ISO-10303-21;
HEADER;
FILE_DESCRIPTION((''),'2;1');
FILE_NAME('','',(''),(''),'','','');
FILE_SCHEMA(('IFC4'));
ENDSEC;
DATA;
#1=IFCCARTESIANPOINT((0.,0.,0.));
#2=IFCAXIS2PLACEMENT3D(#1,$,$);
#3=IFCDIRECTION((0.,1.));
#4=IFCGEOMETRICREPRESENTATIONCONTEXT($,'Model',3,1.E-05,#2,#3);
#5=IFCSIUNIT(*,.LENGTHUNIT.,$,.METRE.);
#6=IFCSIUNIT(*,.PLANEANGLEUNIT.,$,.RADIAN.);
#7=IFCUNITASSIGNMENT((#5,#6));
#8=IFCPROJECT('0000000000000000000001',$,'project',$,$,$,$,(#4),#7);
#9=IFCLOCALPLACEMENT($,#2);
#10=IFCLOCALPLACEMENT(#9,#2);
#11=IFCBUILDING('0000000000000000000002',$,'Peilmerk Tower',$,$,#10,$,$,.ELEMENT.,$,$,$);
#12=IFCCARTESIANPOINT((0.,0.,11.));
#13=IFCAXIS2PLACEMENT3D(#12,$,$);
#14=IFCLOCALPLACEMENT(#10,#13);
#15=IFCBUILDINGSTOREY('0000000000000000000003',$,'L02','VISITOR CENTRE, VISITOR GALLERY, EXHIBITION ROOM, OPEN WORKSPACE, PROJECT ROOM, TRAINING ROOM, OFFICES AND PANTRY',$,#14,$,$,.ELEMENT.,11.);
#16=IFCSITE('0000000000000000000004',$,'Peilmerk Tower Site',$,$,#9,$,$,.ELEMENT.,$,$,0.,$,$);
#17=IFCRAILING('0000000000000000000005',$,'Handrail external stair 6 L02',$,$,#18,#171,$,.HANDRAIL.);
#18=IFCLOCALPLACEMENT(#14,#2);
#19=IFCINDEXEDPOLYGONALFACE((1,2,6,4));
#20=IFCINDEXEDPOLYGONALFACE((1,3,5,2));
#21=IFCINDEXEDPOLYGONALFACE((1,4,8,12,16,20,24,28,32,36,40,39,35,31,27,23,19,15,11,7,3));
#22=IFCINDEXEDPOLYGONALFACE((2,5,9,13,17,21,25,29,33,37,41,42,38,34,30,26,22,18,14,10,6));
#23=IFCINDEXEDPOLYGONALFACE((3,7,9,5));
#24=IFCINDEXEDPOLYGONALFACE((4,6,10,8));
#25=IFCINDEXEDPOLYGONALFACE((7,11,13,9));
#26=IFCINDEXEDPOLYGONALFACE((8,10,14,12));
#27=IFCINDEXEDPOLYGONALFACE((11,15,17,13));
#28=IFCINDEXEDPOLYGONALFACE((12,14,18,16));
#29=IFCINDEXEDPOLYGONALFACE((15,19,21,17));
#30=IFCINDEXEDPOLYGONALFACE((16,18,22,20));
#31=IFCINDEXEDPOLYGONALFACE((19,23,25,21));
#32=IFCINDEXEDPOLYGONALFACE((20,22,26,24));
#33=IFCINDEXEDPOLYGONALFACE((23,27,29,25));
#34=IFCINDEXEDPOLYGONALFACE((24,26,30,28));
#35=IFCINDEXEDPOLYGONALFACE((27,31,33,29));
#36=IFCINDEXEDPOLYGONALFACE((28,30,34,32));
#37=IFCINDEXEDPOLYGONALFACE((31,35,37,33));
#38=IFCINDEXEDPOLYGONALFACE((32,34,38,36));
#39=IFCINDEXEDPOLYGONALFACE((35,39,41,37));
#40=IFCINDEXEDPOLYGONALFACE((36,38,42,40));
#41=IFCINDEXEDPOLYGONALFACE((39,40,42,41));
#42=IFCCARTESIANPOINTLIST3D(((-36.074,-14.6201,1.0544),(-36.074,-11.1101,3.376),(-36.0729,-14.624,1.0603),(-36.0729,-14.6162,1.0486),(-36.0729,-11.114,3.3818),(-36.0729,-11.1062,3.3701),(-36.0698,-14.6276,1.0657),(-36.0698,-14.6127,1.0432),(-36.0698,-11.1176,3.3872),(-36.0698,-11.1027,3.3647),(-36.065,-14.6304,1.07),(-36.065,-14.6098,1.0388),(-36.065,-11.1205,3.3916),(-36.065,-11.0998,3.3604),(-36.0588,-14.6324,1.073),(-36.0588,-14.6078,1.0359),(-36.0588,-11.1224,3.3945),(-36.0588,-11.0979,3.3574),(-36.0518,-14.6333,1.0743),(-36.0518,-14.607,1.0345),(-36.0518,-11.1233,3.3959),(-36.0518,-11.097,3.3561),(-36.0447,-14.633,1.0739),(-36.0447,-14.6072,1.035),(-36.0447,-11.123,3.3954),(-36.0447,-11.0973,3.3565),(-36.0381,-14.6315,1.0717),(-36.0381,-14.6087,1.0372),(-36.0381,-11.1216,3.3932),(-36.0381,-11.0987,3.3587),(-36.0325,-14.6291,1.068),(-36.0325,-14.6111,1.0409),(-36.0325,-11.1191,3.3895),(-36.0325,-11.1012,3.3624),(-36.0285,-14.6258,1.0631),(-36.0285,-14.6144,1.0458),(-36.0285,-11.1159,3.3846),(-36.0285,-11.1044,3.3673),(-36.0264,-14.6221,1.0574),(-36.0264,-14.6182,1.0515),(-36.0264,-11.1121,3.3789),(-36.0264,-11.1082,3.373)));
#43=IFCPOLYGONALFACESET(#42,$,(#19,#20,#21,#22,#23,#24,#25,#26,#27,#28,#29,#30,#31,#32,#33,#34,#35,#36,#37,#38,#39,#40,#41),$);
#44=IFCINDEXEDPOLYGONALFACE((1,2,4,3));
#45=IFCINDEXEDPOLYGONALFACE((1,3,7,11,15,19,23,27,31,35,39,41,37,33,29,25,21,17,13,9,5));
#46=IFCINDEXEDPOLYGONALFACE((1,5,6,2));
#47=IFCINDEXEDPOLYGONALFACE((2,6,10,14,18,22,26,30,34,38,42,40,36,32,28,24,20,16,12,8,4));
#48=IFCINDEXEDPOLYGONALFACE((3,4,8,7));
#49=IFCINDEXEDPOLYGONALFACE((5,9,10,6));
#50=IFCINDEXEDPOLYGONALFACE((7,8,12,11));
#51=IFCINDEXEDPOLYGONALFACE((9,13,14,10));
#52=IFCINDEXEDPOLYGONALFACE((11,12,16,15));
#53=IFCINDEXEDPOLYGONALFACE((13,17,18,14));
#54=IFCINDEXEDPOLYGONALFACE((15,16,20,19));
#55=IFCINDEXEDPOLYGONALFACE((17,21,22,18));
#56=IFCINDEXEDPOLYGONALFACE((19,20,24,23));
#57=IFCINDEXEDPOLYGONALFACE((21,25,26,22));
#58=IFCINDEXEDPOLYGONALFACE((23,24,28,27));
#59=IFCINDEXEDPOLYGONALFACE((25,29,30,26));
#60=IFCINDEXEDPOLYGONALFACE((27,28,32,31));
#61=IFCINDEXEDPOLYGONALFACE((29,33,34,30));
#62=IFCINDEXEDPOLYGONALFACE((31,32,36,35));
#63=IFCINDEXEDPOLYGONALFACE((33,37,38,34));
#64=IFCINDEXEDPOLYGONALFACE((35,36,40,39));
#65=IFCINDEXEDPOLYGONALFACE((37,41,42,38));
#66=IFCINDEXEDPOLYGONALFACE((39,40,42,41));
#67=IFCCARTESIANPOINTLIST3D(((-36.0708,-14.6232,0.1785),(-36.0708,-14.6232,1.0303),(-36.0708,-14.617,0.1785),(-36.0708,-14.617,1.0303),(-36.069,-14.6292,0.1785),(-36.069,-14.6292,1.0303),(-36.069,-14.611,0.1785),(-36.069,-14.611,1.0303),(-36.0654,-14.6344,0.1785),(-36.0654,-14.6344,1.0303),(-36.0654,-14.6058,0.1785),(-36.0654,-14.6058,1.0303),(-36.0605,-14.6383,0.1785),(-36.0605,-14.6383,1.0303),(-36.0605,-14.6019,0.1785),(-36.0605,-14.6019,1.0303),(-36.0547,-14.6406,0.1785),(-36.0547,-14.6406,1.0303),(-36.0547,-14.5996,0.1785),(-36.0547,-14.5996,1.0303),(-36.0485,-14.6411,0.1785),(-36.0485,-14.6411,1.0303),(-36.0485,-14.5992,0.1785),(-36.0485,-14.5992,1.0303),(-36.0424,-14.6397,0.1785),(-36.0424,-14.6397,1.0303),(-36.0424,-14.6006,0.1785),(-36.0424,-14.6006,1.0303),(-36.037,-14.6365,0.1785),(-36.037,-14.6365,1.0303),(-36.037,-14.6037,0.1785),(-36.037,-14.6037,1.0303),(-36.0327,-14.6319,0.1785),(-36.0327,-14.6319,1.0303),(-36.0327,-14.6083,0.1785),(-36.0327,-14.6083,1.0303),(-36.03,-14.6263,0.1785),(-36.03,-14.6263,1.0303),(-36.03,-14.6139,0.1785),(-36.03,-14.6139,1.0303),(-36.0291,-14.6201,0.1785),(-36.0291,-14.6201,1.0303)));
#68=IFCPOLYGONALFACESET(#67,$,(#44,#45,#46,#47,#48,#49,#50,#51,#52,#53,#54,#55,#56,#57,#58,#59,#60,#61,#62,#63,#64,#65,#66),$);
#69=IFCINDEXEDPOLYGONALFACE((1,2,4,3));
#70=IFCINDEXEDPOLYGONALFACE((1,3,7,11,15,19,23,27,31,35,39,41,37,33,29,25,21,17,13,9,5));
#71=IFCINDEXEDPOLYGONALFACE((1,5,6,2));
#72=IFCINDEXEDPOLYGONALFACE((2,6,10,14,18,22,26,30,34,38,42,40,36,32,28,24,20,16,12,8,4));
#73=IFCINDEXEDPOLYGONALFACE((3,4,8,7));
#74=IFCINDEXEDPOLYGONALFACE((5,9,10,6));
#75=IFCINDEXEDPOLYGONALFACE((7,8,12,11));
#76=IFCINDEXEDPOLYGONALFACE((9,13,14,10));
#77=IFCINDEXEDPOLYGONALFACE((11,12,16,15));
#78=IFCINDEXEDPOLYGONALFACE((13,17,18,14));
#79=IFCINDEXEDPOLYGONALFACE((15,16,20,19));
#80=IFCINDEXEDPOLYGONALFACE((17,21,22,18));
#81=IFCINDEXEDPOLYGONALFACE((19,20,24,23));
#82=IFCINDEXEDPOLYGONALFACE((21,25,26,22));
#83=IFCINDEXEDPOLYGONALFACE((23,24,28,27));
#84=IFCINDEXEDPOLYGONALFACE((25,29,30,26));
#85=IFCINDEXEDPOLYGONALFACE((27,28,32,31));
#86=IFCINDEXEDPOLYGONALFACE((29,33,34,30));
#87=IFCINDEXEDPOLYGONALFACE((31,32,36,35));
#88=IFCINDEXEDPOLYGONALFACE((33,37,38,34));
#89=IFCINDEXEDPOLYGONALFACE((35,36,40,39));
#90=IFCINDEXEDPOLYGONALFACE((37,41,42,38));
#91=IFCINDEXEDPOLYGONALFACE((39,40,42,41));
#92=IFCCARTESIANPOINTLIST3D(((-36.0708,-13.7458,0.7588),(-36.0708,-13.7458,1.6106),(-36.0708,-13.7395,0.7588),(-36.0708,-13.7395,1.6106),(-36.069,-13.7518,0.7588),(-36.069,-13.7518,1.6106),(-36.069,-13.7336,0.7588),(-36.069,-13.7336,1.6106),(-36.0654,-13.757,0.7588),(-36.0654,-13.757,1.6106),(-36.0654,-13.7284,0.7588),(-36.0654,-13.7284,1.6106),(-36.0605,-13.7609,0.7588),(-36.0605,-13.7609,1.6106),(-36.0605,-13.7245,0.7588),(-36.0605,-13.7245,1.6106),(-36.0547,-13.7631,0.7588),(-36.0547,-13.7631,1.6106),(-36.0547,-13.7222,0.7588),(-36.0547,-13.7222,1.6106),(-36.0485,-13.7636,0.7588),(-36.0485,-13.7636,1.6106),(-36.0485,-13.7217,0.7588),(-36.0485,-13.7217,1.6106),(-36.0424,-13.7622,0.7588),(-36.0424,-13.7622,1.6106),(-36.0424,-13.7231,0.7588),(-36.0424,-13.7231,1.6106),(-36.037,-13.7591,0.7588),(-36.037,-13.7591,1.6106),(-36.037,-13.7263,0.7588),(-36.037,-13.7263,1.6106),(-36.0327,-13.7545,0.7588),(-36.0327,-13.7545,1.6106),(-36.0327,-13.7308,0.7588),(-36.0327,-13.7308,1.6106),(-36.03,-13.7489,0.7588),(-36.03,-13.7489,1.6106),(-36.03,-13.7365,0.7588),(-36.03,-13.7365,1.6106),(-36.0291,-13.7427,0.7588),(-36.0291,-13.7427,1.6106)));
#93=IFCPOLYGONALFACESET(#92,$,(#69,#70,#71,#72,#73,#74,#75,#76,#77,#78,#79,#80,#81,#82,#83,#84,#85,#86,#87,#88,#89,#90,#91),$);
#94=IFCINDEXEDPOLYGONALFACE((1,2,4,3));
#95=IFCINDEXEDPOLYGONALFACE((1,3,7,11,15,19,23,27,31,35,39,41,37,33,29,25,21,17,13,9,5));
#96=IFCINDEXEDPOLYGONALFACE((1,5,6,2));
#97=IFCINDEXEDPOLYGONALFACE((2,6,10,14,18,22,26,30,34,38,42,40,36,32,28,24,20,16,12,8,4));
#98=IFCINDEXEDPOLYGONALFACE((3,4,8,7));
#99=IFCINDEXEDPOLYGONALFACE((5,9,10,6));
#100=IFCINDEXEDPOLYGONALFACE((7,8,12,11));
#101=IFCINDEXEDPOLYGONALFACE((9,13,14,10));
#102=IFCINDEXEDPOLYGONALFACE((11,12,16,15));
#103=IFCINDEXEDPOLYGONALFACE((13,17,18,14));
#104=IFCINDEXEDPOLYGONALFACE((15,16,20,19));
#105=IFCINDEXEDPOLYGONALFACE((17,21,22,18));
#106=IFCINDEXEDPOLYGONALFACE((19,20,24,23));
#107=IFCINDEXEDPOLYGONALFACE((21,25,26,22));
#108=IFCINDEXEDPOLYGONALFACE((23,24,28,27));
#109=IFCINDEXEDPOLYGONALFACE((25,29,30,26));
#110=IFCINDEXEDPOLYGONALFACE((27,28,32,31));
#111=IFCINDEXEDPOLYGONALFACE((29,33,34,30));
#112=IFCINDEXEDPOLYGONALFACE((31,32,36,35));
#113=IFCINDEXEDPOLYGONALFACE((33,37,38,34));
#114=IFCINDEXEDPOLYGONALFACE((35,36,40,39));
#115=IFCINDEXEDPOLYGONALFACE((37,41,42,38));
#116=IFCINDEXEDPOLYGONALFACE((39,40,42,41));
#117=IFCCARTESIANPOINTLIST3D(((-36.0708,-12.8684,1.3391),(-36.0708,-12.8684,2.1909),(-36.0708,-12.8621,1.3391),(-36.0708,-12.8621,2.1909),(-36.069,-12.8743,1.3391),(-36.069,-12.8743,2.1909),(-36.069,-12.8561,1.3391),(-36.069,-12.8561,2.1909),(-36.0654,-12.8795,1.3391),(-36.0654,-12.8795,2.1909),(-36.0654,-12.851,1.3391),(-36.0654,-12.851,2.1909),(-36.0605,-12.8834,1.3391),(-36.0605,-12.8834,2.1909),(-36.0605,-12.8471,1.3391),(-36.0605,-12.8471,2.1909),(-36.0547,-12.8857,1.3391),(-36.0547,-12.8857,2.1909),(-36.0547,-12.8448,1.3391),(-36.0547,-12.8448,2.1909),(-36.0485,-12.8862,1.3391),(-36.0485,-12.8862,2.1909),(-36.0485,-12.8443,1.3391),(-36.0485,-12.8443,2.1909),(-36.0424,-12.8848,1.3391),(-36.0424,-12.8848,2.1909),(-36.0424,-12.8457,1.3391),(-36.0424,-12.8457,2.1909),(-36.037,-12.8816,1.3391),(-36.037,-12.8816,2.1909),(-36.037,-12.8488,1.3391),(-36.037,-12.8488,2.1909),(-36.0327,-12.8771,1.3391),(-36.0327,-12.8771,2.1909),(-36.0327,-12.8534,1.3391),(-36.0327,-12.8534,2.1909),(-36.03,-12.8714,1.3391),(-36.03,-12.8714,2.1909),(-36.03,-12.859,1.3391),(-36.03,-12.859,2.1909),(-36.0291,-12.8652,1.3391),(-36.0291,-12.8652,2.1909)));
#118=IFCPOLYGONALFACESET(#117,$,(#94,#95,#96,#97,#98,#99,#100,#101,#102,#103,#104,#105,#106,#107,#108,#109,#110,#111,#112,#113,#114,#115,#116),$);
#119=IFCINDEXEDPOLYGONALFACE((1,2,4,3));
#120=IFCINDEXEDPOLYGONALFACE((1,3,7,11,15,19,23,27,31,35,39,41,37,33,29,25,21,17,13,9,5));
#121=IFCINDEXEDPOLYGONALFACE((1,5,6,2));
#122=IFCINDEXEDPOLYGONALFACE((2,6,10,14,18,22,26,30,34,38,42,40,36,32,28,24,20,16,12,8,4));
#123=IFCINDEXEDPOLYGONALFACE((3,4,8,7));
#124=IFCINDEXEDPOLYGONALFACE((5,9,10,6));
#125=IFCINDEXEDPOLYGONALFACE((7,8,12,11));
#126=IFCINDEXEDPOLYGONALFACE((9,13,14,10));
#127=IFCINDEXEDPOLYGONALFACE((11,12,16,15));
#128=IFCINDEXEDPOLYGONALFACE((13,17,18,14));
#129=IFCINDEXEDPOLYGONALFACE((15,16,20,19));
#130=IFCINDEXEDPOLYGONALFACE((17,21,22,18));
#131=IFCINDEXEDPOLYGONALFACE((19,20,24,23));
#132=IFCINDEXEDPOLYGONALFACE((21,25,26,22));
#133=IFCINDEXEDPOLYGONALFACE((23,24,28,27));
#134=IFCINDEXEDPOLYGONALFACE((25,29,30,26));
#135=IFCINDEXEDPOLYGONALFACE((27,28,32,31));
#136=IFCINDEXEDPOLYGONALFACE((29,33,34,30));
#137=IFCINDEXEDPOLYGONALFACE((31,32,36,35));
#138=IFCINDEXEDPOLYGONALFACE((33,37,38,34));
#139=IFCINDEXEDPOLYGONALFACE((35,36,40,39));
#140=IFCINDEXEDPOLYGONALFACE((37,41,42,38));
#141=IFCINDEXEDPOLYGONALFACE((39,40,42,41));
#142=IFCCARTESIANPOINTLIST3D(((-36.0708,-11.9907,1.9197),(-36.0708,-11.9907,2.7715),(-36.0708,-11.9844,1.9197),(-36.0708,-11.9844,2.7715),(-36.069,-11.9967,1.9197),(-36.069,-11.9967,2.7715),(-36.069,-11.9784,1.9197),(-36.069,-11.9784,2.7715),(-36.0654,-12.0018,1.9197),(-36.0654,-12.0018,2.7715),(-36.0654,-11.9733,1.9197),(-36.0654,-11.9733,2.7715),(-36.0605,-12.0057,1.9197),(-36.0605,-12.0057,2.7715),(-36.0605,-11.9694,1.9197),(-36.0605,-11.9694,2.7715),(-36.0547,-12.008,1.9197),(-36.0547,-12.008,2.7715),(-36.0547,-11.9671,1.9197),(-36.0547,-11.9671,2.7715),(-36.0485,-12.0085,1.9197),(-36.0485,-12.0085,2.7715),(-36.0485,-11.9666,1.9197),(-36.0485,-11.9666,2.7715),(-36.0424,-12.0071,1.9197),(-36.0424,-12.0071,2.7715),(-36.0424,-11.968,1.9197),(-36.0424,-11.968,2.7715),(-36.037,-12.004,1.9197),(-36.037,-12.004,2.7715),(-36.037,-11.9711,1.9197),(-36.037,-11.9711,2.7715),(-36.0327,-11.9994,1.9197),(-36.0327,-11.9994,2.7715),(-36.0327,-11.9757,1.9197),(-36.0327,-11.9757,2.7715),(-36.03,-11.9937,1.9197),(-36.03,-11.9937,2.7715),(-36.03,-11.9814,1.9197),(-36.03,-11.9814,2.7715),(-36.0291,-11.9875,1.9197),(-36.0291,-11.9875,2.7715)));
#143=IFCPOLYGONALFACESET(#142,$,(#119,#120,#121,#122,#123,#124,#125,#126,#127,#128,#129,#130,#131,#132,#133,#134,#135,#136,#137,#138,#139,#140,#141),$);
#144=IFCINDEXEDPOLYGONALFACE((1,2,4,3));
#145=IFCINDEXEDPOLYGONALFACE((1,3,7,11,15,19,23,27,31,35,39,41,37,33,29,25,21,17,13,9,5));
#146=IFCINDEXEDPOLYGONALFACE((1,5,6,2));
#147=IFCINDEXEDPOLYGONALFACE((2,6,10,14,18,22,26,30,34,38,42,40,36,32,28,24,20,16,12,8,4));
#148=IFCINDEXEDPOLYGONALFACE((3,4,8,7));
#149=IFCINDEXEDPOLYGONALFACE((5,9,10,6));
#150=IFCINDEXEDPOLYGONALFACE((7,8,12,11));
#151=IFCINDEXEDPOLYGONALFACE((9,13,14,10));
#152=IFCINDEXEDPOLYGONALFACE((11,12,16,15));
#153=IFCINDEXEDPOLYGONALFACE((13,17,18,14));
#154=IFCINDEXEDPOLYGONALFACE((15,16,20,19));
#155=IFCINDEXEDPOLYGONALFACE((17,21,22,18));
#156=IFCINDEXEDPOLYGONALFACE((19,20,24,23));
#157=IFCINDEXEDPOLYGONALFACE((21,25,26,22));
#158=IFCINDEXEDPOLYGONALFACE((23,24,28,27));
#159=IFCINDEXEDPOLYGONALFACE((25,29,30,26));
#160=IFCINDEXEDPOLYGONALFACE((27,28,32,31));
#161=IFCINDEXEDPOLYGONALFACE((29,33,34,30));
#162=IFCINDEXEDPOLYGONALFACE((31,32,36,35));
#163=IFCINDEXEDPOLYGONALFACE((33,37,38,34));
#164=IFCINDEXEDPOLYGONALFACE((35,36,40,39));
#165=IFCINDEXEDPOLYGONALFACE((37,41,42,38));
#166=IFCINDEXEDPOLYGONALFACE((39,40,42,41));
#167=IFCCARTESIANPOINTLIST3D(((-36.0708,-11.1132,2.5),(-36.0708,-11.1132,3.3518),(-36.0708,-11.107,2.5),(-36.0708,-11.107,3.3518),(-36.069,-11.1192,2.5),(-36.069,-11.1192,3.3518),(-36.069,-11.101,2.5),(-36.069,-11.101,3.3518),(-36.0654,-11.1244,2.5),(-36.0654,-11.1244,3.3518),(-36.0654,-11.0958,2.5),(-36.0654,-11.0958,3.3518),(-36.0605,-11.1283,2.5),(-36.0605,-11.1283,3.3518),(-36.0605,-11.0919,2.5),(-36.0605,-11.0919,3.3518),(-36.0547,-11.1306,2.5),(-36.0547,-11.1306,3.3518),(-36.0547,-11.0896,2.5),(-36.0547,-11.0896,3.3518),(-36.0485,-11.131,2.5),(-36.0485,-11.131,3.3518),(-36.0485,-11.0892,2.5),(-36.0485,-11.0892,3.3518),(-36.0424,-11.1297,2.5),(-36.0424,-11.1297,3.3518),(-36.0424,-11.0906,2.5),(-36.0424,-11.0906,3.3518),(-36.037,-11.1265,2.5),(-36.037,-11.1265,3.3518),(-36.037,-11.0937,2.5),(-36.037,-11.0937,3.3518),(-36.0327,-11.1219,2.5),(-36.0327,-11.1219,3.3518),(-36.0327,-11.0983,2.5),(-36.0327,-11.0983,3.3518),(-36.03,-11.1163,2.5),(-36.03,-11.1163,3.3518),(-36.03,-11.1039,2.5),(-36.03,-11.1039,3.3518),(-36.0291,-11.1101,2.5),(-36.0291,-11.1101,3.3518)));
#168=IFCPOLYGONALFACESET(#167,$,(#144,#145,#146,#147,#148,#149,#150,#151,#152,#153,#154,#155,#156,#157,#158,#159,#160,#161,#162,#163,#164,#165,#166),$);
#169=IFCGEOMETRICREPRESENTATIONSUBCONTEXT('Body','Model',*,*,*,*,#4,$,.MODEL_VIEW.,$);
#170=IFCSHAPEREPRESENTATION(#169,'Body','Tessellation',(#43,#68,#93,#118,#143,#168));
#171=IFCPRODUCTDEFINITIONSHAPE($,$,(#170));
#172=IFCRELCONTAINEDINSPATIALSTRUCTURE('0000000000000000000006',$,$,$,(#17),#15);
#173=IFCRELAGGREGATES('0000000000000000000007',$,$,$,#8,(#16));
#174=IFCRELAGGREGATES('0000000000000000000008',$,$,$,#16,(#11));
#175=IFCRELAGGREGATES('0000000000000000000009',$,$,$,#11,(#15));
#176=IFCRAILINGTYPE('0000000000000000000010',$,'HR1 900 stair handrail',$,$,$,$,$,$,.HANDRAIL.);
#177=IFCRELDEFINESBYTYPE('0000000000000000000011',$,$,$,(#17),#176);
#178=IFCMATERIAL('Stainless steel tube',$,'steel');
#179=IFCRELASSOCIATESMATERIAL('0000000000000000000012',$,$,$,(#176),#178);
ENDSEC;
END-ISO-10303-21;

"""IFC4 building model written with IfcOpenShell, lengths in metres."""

from ifc_helpers import new_model, si_unit, direction, frame, origin, origin_2d, place, context, subcontext, project, spatial, circle, extrude, material, type_object, element, save


model = new_model("IFC4")

# Units and contexts
model_context = context("Model", 3, precision=1e-05, world=origin(), true_north=direction((0.0, 1.0)))
body_context = subcontext(model_context, "Body", "Model", "MODEL_VIEW")
ifc_project = project(units=[si_unit("LENGTHUNIT", "METRE"), si_unit("PLANEANGLEUNIT", "RADIAN")], contexts=[model_context])

# Site, building, storey
site_placement = place(None, origin())
site = spatial("IfcSite", under=ifc_project, at=site_placement, Name="Peilmerk Tower Site", CompositionType="ELEMENT", RefElevation=0.0)
building_placement = place(site_placement, origin())
building = spatial("IfcBuilding", under=site, at=building_placement, Name="Peilmerk Tower", CompositionType="ELEMENT")
storey_placement = place(building_placement, frame((0.0, 0.0, 11.0)))
storey = spatial("IfcBuildingStorey", under=building, at=storey_placement, Name="L02", Description="VISITOR CENTRE, VISITOR GALLERY, EXHIBITION ROOM, OPEN WORKSPACE, PROJECT ROOM, TRAINING ROOM, OFFICES AND PANTRY", CompositionType="ELEMENT", Elevation=11.0)

# Railing
ifc_material_1 = material(Name="Stainless steel tube", Category="steel")
railing_type_1 = type_object("IfcRailingType", Name="HR1 900 stair handrail", PredefinedType="HANDRAIL", material=ifc_material_1)
railing_1_placement = place(storey_placement, frame((-36.05, -14.6201, 0.1785)))
element("IfcRailing", 1, at=railing_1_placement, inside=storey, type_object=railing_type_1, Name="Handrail external stair 6 L02", PredefinedType="HANDRAIL", context=body_context, shape_type="SweptSolid", body=[
    extrude(circle(Radius=0.0239, at=origin_2d()), frame((0.0, 0.0, 0.876), z_axis=(0.0, 0.834071, 0.551657), x_axis=(-1.0, 0.0, 0.0)), (0.0, 0.0, 1.0), 4.2083),
    extrude(circle(Radius=0.021, at=origin_2d()), origin(), (0.0, 0.0, 1.0), 0.8518),
    extrude(circle(Radius=0.021, at=origin_2d()), frame((0.0, 0.8774, 0.5803)), (0.0, 0.0, 1.0), 0.8518),
    extrude(circle(Radius=0.021, at=origin_2d()), frame((0.0, 1.7549, 1.1606)), (0.0, 0.0, 1.0), 0.8518),
    extrude(circle(Radius=0.021, at=origin_2d()), frame((0.0, 2.6326, 1.7412)), (0.0, 0.0, 1.0), 0.8518),
    extrude(circle(Radius=0.021, at=origin_2d()), frame((0.0, 3.51, 2.3215)), (0.0, 0.0, 1.0), 0.8518),
])

save(model, "model.ifc")
